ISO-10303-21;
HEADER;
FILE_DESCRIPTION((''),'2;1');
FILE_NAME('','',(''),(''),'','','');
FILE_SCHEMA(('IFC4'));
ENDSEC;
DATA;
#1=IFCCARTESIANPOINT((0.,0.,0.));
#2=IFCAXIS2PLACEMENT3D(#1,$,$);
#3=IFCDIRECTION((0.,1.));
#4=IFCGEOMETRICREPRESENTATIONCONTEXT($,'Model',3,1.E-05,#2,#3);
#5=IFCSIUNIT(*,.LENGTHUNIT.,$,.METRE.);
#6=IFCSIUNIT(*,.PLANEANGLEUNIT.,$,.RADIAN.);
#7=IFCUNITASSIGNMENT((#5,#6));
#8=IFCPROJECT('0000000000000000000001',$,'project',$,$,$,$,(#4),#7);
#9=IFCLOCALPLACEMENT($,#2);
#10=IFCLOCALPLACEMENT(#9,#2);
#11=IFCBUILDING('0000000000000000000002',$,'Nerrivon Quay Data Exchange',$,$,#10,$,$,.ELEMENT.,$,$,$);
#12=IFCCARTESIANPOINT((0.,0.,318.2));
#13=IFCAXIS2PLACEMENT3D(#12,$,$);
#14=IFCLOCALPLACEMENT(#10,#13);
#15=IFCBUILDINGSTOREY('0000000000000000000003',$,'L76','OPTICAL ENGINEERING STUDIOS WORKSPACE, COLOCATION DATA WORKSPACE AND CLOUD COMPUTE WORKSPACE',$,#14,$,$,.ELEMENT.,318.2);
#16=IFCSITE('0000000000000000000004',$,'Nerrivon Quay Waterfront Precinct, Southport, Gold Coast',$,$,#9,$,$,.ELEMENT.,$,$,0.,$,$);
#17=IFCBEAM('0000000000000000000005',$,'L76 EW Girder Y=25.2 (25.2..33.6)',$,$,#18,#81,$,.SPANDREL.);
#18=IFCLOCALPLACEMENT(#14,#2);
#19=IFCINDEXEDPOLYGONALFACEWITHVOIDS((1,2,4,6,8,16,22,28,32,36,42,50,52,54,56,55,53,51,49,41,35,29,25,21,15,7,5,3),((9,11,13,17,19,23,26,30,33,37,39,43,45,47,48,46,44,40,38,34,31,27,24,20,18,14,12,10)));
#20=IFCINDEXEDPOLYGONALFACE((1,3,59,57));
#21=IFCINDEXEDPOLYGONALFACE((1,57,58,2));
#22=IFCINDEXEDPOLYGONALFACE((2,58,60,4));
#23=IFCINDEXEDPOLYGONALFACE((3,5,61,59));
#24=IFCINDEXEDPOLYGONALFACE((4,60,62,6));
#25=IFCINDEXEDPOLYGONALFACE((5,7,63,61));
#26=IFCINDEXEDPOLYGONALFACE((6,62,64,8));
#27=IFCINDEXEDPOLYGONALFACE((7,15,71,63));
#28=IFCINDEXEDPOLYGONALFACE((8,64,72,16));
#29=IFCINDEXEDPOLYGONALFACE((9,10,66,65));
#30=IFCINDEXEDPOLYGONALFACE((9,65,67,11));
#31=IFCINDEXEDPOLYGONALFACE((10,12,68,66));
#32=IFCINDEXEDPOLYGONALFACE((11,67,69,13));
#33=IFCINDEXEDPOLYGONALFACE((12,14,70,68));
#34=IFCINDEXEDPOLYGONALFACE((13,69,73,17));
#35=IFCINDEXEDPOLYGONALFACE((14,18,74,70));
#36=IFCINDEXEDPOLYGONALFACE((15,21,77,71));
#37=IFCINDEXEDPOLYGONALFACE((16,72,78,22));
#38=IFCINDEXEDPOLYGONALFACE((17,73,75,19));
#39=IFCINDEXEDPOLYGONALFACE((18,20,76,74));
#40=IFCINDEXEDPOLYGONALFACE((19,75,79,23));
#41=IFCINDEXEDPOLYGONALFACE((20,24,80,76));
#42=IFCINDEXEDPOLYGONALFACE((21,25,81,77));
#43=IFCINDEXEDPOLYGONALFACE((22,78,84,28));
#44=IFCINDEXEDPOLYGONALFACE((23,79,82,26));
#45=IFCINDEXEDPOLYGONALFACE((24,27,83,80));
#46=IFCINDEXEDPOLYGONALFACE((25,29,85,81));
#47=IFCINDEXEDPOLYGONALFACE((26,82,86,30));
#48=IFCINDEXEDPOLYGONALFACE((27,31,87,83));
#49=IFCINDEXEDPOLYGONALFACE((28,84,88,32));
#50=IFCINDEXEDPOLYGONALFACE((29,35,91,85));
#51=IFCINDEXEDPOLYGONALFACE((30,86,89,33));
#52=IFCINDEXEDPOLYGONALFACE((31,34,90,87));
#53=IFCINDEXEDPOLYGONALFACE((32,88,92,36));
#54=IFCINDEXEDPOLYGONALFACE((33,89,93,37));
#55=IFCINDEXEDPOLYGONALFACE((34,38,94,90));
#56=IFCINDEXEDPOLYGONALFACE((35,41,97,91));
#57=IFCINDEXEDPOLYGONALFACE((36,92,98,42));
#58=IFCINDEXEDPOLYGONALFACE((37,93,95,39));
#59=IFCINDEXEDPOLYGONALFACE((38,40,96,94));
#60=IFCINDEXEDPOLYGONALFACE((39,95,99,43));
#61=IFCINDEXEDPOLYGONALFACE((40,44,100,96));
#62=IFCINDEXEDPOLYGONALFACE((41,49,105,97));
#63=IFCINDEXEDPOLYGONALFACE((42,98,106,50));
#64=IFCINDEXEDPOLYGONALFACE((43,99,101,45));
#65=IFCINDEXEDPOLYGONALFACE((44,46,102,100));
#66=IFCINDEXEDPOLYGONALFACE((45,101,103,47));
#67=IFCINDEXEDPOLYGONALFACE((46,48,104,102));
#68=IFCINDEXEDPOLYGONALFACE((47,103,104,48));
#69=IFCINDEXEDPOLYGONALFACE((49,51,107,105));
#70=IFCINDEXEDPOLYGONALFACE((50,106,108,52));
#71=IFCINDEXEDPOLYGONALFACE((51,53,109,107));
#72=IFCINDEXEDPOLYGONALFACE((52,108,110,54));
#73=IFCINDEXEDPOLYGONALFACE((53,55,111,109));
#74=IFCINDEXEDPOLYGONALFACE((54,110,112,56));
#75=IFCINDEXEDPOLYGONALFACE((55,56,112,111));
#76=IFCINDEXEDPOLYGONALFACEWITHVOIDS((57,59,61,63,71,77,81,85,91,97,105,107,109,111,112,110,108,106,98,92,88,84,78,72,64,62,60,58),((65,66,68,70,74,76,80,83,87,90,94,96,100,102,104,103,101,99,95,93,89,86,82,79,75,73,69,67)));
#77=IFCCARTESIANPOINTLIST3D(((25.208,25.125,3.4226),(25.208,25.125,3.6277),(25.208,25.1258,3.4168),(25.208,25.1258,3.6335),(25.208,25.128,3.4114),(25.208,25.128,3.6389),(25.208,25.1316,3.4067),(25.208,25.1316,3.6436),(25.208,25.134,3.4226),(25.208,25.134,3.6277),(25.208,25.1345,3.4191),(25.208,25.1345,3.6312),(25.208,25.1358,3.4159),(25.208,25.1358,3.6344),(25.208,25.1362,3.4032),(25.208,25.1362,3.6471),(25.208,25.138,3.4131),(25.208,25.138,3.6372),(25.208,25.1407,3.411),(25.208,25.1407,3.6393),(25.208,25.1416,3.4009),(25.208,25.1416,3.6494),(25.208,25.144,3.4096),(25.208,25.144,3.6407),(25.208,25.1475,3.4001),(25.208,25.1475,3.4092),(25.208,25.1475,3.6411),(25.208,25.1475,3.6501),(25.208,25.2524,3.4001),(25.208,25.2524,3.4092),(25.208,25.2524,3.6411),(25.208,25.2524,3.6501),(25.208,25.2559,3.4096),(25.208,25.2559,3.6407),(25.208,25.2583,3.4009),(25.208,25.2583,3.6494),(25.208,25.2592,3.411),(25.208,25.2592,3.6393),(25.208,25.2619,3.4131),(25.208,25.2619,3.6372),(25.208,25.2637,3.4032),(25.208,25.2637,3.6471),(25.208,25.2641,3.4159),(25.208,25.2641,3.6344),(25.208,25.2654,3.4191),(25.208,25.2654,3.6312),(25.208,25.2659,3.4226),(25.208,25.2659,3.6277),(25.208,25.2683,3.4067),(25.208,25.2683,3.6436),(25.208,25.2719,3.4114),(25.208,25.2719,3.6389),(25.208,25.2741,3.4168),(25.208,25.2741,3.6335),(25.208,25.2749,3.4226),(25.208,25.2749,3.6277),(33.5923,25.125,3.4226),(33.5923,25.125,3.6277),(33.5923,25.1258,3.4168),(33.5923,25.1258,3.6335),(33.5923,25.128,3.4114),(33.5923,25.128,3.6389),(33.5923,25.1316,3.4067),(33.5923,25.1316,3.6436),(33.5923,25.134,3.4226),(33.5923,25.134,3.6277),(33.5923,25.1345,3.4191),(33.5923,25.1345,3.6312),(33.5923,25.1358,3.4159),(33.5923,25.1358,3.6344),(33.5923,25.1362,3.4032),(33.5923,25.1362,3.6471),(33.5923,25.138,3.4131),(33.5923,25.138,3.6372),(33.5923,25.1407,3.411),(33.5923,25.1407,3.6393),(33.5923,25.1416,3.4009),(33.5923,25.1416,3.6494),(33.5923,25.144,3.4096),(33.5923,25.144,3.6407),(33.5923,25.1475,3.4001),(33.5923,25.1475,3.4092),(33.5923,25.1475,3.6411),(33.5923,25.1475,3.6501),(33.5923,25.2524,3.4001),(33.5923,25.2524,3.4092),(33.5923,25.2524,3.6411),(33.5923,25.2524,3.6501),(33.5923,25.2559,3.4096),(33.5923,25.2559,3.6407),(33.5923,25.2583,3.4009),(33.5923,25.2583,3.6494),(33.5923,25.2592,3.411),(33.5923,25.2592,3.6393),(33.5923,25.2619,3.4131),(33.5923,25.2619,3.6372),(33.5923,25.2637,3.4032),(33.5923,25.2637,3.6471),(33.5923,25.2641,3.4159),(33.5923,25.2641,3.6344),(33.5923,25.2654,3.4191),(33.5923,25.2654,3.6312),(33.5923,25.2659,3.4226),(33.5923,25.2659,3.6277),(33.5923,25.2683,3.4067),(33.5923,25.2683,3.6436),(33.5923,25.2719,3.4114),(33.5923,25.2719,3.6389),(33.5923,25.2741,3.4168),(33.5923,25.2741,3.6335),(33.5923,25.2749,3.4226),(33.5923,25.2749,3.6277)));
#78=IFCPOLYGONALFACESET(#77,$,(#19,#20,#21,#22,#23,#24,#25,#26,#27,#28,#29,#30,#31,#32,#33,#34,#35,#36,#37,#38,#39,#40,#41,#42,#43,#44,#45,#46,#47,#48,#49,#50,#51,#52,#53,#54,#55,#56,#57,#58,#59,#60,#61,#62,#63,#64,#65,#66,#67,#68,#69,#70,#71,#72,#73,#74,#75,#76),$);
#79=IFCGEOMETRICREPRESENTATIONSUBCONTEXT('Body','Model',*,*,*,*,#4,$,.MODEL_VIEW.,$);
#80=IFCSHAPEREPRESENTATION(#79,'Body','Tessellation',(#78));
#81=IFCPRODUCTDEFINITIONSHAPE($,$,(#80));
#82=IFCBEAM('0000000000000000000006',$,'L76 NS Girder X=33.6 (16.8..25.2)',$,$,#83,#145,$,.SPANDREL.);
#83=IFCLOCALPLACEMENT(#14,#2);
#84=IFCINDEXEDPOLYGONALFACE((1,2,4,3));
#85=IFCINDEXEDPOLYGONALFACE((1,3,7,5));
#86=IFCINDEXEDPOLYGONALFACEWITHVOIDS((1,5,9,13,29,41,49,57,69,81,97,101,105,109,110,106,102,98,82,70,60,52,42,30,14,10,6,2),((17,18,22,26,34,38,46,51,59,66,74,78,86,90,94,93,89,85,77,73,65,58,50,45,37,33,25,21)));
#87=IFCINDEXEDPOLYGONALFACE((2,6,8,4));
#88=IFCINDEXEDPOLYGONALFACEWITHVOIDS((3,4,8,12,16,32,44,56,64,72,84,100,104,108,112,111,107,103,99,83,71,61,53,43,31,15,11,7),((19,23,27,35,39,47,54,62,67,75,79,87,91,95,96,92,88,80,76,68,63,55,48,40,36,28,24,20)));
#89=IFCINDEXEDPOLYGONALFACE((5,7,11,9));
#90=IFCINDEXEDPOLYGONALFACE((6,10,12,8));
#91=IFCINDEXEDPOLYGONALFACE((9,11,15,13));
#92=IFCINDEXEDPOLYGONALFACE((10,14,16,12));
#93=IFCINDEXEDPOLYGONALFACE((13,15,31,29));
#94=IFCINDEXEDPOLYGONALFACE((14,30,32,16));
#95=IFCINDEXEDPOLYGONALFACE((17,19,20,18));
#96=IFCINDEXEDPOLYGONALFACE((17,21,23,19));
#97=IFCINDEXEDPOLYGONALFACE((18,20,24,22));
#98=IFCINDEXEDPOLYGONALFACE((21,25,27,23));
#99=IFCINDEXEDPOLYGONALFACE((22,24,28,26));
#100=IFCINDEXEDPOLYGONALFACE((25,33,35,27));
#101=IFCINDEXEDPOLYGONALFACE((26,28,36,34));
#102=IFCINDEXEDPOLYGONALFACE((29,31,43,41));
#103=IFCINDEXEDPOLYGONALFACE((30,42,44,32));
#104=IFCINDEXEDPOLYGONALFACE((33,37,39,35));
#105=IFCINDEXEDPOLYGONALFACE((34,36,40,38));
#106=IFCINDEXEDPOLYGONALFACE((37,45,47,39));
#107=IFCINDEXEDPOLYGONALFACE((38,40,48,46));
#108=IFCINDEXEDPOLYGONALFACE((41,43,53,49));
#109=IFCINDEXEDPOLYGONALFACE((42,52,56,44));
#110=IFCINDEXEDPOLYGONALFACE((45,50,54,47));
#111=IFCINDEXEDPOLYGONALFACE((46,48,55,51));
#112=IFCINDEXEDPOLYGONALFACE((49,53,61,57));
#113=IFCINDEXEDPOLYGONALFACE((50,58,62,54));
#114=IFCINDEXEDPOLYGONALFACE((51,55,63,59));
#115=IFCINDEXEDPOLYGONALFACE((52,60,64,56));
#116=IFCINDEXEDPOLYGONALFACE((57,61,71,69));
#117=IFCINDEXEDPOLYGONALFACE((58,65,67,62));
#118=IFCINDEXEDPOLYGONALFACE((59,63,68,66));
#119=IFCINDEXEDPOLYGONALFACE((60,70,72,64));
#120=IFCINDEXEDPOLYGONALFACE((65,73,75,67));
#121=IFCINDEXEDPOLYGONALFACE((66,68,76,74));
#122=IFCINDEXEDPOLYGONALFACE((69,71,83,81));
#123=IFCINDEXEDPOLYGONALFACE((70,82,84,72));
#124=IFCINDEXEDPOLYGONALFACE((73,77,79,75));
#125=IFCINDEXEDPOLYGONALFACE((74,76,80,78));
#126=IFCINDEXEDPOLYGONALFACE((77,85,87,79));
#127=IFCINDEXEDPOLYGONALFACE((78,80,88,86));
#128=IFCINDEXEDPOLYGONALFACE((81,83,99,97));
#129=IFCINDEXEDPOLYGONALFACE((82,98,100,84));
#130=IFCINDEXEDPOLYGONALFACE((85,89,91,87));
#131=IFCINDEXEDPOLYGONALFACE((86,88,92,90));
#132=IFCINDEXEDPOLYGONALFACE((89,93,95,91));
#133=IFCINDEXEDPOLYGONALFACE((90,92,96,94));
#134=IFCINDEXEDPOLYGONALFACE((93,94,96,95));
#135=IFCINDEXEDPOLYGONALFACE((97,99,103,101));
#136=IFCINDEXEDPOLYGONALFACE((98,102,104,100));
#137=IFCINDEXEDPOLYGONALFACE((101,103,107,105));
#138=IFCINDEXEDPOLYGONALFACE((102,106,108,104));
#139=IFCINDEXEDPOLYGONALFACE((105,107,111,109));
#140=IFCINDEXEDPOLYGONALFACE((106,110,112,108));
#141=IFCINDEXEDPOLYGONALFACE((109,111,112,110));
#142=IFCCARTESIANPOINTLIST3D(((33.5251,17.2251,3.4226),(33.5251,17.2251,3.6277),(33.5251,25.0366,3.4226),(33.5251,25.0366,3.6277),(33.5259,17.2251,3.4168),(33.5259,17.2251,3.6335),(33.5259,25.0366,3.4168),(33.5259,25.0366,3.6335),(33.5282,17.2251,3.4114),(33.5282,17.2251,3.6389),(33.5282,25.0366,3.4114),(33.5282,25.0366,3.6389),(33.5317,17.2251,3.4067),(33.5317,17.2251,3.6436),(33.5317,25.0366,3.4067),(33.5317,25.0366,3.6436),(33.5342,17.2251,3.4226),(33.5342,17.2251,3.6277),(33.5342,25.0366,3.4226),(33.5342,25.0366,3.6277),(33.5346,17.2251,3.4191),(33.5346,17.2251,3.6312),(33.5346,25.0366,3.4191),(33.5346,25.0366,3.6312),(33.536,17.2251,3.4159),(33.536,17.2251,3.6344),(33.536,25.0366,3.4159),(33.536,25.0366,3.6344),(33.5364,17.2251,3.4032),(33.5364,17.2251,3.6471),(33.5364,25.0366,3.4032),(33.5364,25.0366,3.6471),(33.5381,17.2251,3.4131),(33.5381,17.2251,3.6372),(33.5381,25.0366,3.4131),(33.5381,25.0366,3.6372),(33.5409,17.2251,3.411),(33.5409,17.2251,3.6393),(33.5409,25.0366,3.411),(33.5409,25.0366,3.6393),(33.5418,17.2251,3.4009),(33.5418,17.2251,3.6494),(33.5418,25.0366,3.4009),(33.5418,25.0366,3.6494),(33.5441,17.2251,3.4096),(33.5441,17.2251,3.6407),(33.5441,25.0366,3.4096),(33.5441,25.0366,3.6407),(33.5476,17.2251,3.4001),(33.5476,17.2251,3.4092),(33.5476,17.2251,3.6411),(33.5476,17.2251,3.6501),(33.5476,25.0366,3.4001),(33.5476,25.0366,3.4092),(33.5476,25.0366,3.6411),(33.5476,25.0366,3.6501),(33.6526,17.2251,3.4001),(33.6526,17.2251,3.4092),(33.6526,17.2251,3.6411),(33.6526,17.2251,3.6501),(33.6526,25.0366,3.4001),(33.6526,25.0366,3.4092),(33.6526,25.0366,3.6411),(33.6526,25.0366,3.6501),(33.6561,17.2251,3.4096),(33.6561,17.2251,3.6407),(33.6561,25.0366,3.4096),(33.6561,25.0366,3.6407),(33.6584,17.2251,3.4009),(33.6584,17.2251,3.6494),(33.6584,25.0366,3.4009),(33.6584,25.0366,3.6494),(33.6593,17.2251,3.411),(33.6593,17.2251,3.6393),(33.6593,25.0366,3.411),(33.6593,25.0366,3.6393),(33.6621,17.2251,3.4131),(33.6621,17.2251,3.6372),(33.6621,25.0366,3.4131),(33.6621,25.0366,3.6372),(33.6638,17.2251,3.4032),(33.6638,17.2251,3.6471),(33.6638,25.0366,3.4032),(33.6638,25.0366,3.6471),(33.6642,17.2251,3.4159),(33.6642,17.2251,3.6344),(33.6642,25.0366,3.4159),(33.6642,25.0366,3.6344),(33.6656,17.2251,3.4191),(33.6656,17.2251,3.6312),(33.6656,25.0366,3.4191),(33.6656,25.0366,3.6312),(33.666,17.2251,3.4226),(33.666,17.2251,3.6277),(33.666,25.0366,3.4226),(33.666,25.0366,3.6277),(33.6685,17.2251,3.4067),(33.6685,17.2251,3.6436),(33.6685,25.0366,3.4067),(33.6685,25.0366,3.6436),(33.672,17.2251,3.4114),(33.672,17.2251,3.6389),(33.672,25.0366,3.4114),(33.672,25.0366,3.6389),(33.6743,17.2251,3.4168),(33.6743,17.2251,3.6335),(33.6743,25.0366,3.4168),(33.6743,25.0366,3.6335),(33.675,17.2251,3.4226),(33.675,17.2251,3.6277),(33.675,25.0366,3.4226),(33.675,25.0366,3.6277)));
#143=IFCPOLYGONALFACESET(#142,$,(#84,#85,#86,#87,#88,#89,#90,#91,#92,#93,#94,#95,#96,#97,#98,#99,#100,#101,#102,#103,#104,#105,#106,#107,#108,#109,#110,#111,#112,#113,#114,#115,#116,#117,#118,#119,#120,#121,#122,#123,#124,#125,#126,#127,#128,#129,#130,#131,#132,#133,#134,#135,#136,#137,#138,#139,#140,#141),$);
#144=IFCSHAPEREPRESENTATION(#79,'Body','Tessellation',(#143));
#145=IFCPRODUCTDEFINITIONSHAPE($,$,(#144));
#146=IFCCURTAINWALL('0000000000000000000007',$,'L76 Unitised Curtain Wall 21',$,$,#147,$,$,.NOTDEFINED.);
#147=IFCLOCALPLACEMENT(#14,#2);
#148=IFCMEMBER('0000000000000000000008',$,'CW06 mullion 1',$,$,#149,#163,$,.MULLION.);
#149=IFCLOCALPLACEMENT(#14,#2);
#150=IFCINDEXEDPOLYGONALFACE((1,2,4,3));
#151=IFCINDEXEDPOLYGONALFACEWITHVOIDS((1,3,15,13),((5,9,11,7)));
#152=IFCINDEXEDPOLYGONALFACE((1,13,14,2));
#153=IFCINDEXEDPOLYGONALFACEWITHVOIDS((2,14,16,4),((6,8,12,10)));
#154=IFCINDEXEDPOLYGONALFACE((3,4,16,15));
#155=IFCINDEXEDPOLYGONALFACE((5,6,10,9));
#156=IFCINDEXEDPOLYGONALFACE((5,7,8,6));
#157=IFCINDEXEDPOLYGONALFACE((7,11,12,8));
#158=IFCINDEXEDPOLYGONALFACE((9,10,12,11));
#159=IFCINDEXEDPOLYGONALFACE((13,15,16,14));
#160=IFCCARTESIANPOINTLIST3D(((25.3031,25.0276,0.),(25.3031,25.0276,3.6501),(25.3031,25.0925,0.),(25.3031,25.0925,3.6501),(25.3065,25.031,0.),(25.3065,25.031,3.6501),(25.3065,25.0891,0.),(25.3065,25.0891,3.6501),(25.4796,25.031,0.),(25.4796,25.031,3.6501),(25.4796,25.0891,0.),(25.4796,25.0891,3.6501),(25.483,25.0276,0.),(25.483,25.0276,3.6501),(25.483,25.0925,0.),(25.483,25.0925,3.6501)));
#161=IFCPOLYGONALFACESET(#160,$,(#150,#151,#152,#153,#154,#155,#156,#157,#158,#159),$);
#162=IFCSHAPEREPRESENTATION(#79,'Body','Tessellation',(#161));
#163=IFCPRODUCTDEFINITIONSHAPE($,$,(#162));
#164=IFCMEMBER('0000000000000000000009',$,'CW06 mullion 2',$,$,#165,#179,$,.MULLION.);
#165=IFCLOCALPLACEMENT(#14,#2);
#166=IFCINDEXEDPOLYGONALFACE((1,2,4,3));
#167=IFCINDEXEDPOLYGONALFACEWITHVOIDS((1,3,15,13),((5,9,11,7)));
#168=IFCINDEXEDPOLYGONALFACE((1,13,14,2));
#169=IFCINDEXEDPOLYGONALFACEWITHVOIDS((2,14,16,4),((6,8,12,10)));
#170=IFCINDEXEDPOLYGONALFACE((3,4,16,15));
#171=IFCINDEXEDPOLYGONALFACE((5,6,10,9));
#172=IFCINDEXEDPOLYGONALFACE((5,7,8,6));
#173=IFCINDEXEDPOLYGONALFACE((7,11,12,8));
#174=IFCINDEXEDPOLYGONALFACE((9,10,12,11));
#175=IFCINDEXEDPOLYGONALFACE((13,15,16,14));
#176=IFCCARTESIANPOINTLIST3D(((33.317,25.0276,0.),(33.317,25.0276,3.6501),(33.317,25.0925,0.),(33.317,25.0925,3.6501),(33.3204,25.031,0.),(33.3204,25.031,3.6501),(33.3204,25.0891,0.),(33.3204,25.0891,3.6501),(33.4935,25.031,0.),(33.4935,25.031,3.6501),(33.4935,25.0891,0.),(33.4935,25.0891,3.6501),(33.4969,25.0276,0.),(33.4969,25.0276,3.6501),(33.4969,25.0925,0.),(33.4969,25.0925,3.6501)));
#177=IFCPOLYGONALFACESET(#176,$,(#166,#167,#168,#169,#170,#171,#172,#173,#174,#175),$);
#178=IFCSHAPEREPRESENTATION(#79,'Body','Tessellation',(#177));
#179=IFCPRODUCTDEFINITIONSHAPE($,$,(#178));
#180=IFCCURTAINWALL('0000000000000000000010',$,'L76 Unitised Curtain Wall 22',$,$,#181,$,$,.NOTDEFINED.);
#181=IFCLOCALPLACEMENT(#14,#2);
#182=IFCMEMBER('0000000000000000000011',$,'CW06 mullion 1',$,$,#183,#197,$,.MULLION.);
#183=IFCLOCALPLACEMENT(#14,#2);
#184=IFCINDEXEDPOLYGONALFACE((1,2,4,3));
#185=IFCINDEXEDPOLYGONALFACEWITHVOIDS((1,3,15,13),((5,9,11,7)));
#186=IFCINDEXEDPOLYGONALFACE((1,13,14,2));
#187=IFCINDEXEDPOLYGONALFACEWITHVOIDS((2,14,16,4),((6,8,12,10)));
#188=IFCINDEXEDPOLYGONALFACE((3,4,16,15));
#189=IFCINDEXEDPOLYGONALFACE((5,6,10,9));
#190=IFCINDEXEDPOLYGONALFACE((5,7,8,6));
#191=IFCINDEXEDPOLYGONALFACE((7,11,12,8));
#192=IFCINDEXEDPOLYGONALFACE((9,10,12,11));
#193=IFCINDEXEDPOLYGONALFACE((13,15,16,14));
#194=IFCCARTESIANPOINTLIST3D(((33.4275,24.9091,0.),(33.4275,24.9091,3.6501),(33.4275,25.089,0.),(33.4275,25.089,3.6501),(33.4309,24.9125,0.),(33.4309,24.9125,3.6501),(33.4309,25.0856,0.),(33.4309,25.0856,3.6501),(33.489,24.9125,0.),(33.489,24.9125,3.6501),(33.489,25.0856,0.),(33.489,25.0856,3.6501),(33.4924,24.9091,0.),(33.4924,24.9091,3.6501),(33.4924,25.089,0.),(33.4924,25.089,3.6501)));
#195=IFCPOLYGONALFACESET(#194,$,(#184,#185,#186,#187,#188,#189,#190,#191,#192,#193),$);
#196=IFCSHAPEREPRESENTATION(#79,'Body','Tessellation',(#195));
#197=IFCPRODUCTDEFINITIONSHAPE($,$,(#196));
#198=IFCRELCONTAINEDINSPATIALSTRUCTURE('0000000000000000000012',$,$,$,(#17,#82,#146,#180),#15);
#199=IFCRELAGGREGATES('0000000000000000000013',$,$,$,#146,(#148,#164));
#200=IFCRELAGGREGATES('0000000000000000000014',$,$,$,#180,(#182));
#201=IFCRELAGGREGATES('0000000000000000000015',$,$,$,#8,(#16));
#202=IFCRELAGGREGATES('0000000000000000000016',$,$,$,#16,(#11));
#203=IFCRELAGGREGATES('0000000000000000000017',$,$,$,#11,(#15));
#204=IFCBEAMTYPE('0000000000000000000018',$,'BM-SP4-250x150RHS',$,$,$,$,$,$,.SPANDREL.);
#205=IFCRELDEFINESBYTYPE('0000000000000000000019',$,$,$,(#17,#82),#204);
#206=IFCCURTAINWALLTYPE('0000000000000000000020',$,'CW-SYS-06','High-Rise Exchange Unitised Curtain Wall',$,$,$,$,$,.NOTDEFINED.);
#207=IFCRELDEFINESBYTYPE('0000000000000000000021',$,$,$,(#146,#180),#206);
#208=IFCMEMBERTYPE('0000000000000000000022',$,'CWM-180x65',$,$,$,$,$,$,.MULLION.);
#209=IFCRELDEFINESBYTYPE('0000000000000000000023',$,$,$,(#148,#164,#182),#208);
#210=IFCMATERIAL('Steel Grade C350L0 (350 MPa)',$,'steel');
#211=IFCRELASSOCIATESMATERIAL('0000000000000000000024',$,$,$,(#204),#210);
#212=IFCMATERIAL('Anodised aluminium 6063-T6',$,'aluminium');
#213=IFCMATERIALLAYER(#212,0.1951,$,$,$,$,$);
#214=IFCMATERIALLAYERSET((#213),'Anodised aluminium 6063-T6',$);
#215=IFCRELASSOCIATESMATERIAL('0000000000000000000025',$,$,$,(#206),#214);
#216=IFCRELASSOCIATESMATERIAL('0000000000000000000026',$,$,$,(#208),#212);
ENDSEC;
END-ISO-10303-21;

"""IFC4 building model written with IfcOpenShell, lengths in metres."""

from ifc_helpers import new_model, si_unit, direction, frame, origin, origin_2d, place, context, subcontext, project, spatial, hollow_rectangle, extrude, material, layer, layer_set, material_profile, profile_set, type_object, element, aggregate, save


model = new_model("IFC4")

# Units and contexts
model_context = context("Model", 3, precision=1e-05, world=origin(), true_north=direction((0.0, 1.0)))
body_context = subcontext(model_context, "Body", "Model", "MODEL_VIEW")
ifc_project = project(units=[si_unit("LENGTHUNIT", "METRE"), si_unit("PLANEANGLEUNIT", "RADIAN")], contexts=[model_context])

# Site, building, storey
site_placement = place(None, origin())
site = spatial("IfcSite", under=ifc_project, at=site_placement, Name="Nerrivon Quay Waterfront Precinct, Southport, Gold Coast", CompositionType="ELEMENT", RefElevation=0.0)
building_placement = place(site_placement, origin())
building = spatial("IfcBuilding", under=site, at=building_placement, Name="Nerrivon Quay Data Exchange", CompositionType="ELEMENT")
storey_placement = place(building_placement, frame((0.0, 0.0, 318.2)))
storey = spatial("IfcBuildingStorey", under=building, at=storey_placement, Name="L76", Description="OPTICAL ENGINEERING STUDIOS WORKSPACE, COLOCATION DATA WORKSPACE AND CLOUD COMPUTE WORKSPACE", CompositionType="ELEMENT", Elevation=318.2)

# Beams
ifc_material_1 = material(Name="Steel Grade C350L0 (350 MPa)", Category="steel")
ifc_material_profile_1 = material_profile(ifc_material_1, hollow_rectangle(XDim=0.1499, YDim=0.25, WallThickness=0.009, InnerFilletRadius=0.0134, OuterFilletRadius=0.0225, at=origin_2d()), Name="250x150x9.0RHS")
ifc_profile_set_1 = profile_set([ifc_material_profile_1], Name="Steel Grade C350L0 (350 MPa)")
beam_type_1 = type_object("IfcBeamType", Name="BM-SP4-250x150RHS", PredefinedType="SPANDREL", material=ifc_profile_set_1)
beam_1_placement = place(storey_placement, frame((25.208, 25.2, 3.5251), z_axis=(1.0, 0.0, 0.0), x_axis=(0.0, 1.0, 0.0)))
element("IfcBeam", 1, at=beam_1_placement, inside=storey, type_object=beam_type_1, Name="L76 EW Girder Y=25.2 (25.2..33.6)", PredefinedType="SPANDREL", context=body_context, shape_type="SweptSolid", body=[
    extrude(hollow_rectangle(XDim=0.1499, YDim=0.25, WallThickness=0.009, InnerFilletRadius=0.0134, OuterFilletRadius=0.0225, at=origin_2d()), origin(), (0.0, 0.0, 1.0), 8.3843),
])
beam_2_placement = place(storey_placement, frame((33.6001, 17.2251, 3.5251), z_axis=(0.0, 1.0, 0.0), x_axis=(-1.0, 0.0, 0.0)))
element("IfcBeam", 2, at=beam_2_placement, inside=storey, type_object=beam_type_1, Name="L76 NS Girder X=33.6 (16.8..25.2)", PredefinedType="SPANDREL", context=body_context, shape_type="SweptSolid", body=[
    extrude(hollow_rectangle(XDim=0.1499, YDim=0.25, WallThickness=0.009, InnerFilletRadius=0.0134, OuterFilletRadius=0.0225, at=origin_2d()), origin(), (0.0, 0.0, 1.0), 7.8115),
])

# Curtain walls, members
ifc_material_2 = material(Name="Anodised aluminium 6063-T6", Category="aluminium")
ifc_layer_1 = layer(ifc_material_2, 0.1951)
ifc_layer_set_1 = layer_set([ifc_layer_1], Name="Anodised aluminium 6063-T6")
curtain_wall_type = type_object("IfcCurtainWallType", Name="CW-SYS-06", Description="High-Rise Exchange Unitised Curtain Wall", PredefinedType="NOTDEFINED", material=ifc_layer_set_1)
curtain_wall_1_placement = place(storey_placement, origin())
curtain_wall_1 = element("IfcCurtainWall", 3, at=curtain_wall_1_placement, inside=storey, type_object=curtain_wall_type, Name="L76 Unitised Curtain Wall 21", PredefinedType="NOTDEFINED")
ifc_material_profile_2 = material_profile(ifc_material_2, hollow_rectangle(XDim=0.0649, YDim=0.1799, WallThickness=0.0034, at=origin_2d()), Name="ALU-MULL-180x65")
ifc_profile_set_2 = profile_set([ifc_material_profile_2], Name="Anodised aluminium 6063-T6")
member_type_1 = type_object("IfcMemberType", Name="CWM-180x65", PredefinedType="MULLION", material=ifc_profile_set_2)
member_1_placement = place(storey_placement, frame((25.3931, 25.0601, 0.0), z_axis=(0.0, 0.0, 1.0), x_axis=(0.0, 1.0, 0.0)))
member_1 = element("IfcMember", 4, at=member_1_placement, type_object=member_type_1, Name="CW06 mullion 1", PredefinedType="MULLION", context=body_context, shape_type="SweptSolid", body=[
    extrude(hollow_rectangle(XDim=0.0649, YDim=0.1799, WallThickness=0.0034, at=origin_2d()), origin(), (0.0, 0.0, 1.0), 3.6501),
])
member_2_placement = place(storey_placement, frame((33.407, 25.0601, 0.0), z_axis=(0.0, 0.0, 1.0), x_axis=(0.0, 1.0, 0.0)))
member_2 = element("IfcMember", 5, at=member_2_placement, type_object=member_type_1, Name="CW06 mullion 2", PredefinedType="MULLION", context=body_context, shape_type="SweptSolid", body=[
    extrude(hollow_rectangle(XDim=0.0649, YDim=0.1799, WallThickness=0.0034, at=origin_2d()), origin(), (0.0, 0.0, 1.0), 3.6501),
])
curtain_wall_2_placement = place(storey_placement, origin())
curtain_wall_2 = element("IfcCurtainWall", 6, at=curtain_wall_2_placement, inside=storey, type_object=curtain_wall_type, Name="L76 Unitised Curtain Wall 22", PredefinedType="NOTDEFINED")
member_3_placement = place(storey_placement, frame((33.46, 24.999, 0.0), z_axis=(0.0, 0.0, 1.0), x_axis=(1.0, 0.0, 0.0)))
member_3 = element("IfcMember", 7, at=member_3_placement, type_object=member_type_1, Name="CW06 mullion 1", PredefinedType="MULLION", context=body_context, shape_type="SweptSolid", body=[
    extrude(hollow_rectangle(XDim=0.0649, YDim=0.1799, WallThickness=0.0034, at=origin_2d()), origin(), (0.0, 0.0, 1.0), 3.6501),
])

aggregate(curtain_wall_1, [member_1, member_2])
aggregate(curtain_wall_2, [member_3])

save(model, "model.ifc")
